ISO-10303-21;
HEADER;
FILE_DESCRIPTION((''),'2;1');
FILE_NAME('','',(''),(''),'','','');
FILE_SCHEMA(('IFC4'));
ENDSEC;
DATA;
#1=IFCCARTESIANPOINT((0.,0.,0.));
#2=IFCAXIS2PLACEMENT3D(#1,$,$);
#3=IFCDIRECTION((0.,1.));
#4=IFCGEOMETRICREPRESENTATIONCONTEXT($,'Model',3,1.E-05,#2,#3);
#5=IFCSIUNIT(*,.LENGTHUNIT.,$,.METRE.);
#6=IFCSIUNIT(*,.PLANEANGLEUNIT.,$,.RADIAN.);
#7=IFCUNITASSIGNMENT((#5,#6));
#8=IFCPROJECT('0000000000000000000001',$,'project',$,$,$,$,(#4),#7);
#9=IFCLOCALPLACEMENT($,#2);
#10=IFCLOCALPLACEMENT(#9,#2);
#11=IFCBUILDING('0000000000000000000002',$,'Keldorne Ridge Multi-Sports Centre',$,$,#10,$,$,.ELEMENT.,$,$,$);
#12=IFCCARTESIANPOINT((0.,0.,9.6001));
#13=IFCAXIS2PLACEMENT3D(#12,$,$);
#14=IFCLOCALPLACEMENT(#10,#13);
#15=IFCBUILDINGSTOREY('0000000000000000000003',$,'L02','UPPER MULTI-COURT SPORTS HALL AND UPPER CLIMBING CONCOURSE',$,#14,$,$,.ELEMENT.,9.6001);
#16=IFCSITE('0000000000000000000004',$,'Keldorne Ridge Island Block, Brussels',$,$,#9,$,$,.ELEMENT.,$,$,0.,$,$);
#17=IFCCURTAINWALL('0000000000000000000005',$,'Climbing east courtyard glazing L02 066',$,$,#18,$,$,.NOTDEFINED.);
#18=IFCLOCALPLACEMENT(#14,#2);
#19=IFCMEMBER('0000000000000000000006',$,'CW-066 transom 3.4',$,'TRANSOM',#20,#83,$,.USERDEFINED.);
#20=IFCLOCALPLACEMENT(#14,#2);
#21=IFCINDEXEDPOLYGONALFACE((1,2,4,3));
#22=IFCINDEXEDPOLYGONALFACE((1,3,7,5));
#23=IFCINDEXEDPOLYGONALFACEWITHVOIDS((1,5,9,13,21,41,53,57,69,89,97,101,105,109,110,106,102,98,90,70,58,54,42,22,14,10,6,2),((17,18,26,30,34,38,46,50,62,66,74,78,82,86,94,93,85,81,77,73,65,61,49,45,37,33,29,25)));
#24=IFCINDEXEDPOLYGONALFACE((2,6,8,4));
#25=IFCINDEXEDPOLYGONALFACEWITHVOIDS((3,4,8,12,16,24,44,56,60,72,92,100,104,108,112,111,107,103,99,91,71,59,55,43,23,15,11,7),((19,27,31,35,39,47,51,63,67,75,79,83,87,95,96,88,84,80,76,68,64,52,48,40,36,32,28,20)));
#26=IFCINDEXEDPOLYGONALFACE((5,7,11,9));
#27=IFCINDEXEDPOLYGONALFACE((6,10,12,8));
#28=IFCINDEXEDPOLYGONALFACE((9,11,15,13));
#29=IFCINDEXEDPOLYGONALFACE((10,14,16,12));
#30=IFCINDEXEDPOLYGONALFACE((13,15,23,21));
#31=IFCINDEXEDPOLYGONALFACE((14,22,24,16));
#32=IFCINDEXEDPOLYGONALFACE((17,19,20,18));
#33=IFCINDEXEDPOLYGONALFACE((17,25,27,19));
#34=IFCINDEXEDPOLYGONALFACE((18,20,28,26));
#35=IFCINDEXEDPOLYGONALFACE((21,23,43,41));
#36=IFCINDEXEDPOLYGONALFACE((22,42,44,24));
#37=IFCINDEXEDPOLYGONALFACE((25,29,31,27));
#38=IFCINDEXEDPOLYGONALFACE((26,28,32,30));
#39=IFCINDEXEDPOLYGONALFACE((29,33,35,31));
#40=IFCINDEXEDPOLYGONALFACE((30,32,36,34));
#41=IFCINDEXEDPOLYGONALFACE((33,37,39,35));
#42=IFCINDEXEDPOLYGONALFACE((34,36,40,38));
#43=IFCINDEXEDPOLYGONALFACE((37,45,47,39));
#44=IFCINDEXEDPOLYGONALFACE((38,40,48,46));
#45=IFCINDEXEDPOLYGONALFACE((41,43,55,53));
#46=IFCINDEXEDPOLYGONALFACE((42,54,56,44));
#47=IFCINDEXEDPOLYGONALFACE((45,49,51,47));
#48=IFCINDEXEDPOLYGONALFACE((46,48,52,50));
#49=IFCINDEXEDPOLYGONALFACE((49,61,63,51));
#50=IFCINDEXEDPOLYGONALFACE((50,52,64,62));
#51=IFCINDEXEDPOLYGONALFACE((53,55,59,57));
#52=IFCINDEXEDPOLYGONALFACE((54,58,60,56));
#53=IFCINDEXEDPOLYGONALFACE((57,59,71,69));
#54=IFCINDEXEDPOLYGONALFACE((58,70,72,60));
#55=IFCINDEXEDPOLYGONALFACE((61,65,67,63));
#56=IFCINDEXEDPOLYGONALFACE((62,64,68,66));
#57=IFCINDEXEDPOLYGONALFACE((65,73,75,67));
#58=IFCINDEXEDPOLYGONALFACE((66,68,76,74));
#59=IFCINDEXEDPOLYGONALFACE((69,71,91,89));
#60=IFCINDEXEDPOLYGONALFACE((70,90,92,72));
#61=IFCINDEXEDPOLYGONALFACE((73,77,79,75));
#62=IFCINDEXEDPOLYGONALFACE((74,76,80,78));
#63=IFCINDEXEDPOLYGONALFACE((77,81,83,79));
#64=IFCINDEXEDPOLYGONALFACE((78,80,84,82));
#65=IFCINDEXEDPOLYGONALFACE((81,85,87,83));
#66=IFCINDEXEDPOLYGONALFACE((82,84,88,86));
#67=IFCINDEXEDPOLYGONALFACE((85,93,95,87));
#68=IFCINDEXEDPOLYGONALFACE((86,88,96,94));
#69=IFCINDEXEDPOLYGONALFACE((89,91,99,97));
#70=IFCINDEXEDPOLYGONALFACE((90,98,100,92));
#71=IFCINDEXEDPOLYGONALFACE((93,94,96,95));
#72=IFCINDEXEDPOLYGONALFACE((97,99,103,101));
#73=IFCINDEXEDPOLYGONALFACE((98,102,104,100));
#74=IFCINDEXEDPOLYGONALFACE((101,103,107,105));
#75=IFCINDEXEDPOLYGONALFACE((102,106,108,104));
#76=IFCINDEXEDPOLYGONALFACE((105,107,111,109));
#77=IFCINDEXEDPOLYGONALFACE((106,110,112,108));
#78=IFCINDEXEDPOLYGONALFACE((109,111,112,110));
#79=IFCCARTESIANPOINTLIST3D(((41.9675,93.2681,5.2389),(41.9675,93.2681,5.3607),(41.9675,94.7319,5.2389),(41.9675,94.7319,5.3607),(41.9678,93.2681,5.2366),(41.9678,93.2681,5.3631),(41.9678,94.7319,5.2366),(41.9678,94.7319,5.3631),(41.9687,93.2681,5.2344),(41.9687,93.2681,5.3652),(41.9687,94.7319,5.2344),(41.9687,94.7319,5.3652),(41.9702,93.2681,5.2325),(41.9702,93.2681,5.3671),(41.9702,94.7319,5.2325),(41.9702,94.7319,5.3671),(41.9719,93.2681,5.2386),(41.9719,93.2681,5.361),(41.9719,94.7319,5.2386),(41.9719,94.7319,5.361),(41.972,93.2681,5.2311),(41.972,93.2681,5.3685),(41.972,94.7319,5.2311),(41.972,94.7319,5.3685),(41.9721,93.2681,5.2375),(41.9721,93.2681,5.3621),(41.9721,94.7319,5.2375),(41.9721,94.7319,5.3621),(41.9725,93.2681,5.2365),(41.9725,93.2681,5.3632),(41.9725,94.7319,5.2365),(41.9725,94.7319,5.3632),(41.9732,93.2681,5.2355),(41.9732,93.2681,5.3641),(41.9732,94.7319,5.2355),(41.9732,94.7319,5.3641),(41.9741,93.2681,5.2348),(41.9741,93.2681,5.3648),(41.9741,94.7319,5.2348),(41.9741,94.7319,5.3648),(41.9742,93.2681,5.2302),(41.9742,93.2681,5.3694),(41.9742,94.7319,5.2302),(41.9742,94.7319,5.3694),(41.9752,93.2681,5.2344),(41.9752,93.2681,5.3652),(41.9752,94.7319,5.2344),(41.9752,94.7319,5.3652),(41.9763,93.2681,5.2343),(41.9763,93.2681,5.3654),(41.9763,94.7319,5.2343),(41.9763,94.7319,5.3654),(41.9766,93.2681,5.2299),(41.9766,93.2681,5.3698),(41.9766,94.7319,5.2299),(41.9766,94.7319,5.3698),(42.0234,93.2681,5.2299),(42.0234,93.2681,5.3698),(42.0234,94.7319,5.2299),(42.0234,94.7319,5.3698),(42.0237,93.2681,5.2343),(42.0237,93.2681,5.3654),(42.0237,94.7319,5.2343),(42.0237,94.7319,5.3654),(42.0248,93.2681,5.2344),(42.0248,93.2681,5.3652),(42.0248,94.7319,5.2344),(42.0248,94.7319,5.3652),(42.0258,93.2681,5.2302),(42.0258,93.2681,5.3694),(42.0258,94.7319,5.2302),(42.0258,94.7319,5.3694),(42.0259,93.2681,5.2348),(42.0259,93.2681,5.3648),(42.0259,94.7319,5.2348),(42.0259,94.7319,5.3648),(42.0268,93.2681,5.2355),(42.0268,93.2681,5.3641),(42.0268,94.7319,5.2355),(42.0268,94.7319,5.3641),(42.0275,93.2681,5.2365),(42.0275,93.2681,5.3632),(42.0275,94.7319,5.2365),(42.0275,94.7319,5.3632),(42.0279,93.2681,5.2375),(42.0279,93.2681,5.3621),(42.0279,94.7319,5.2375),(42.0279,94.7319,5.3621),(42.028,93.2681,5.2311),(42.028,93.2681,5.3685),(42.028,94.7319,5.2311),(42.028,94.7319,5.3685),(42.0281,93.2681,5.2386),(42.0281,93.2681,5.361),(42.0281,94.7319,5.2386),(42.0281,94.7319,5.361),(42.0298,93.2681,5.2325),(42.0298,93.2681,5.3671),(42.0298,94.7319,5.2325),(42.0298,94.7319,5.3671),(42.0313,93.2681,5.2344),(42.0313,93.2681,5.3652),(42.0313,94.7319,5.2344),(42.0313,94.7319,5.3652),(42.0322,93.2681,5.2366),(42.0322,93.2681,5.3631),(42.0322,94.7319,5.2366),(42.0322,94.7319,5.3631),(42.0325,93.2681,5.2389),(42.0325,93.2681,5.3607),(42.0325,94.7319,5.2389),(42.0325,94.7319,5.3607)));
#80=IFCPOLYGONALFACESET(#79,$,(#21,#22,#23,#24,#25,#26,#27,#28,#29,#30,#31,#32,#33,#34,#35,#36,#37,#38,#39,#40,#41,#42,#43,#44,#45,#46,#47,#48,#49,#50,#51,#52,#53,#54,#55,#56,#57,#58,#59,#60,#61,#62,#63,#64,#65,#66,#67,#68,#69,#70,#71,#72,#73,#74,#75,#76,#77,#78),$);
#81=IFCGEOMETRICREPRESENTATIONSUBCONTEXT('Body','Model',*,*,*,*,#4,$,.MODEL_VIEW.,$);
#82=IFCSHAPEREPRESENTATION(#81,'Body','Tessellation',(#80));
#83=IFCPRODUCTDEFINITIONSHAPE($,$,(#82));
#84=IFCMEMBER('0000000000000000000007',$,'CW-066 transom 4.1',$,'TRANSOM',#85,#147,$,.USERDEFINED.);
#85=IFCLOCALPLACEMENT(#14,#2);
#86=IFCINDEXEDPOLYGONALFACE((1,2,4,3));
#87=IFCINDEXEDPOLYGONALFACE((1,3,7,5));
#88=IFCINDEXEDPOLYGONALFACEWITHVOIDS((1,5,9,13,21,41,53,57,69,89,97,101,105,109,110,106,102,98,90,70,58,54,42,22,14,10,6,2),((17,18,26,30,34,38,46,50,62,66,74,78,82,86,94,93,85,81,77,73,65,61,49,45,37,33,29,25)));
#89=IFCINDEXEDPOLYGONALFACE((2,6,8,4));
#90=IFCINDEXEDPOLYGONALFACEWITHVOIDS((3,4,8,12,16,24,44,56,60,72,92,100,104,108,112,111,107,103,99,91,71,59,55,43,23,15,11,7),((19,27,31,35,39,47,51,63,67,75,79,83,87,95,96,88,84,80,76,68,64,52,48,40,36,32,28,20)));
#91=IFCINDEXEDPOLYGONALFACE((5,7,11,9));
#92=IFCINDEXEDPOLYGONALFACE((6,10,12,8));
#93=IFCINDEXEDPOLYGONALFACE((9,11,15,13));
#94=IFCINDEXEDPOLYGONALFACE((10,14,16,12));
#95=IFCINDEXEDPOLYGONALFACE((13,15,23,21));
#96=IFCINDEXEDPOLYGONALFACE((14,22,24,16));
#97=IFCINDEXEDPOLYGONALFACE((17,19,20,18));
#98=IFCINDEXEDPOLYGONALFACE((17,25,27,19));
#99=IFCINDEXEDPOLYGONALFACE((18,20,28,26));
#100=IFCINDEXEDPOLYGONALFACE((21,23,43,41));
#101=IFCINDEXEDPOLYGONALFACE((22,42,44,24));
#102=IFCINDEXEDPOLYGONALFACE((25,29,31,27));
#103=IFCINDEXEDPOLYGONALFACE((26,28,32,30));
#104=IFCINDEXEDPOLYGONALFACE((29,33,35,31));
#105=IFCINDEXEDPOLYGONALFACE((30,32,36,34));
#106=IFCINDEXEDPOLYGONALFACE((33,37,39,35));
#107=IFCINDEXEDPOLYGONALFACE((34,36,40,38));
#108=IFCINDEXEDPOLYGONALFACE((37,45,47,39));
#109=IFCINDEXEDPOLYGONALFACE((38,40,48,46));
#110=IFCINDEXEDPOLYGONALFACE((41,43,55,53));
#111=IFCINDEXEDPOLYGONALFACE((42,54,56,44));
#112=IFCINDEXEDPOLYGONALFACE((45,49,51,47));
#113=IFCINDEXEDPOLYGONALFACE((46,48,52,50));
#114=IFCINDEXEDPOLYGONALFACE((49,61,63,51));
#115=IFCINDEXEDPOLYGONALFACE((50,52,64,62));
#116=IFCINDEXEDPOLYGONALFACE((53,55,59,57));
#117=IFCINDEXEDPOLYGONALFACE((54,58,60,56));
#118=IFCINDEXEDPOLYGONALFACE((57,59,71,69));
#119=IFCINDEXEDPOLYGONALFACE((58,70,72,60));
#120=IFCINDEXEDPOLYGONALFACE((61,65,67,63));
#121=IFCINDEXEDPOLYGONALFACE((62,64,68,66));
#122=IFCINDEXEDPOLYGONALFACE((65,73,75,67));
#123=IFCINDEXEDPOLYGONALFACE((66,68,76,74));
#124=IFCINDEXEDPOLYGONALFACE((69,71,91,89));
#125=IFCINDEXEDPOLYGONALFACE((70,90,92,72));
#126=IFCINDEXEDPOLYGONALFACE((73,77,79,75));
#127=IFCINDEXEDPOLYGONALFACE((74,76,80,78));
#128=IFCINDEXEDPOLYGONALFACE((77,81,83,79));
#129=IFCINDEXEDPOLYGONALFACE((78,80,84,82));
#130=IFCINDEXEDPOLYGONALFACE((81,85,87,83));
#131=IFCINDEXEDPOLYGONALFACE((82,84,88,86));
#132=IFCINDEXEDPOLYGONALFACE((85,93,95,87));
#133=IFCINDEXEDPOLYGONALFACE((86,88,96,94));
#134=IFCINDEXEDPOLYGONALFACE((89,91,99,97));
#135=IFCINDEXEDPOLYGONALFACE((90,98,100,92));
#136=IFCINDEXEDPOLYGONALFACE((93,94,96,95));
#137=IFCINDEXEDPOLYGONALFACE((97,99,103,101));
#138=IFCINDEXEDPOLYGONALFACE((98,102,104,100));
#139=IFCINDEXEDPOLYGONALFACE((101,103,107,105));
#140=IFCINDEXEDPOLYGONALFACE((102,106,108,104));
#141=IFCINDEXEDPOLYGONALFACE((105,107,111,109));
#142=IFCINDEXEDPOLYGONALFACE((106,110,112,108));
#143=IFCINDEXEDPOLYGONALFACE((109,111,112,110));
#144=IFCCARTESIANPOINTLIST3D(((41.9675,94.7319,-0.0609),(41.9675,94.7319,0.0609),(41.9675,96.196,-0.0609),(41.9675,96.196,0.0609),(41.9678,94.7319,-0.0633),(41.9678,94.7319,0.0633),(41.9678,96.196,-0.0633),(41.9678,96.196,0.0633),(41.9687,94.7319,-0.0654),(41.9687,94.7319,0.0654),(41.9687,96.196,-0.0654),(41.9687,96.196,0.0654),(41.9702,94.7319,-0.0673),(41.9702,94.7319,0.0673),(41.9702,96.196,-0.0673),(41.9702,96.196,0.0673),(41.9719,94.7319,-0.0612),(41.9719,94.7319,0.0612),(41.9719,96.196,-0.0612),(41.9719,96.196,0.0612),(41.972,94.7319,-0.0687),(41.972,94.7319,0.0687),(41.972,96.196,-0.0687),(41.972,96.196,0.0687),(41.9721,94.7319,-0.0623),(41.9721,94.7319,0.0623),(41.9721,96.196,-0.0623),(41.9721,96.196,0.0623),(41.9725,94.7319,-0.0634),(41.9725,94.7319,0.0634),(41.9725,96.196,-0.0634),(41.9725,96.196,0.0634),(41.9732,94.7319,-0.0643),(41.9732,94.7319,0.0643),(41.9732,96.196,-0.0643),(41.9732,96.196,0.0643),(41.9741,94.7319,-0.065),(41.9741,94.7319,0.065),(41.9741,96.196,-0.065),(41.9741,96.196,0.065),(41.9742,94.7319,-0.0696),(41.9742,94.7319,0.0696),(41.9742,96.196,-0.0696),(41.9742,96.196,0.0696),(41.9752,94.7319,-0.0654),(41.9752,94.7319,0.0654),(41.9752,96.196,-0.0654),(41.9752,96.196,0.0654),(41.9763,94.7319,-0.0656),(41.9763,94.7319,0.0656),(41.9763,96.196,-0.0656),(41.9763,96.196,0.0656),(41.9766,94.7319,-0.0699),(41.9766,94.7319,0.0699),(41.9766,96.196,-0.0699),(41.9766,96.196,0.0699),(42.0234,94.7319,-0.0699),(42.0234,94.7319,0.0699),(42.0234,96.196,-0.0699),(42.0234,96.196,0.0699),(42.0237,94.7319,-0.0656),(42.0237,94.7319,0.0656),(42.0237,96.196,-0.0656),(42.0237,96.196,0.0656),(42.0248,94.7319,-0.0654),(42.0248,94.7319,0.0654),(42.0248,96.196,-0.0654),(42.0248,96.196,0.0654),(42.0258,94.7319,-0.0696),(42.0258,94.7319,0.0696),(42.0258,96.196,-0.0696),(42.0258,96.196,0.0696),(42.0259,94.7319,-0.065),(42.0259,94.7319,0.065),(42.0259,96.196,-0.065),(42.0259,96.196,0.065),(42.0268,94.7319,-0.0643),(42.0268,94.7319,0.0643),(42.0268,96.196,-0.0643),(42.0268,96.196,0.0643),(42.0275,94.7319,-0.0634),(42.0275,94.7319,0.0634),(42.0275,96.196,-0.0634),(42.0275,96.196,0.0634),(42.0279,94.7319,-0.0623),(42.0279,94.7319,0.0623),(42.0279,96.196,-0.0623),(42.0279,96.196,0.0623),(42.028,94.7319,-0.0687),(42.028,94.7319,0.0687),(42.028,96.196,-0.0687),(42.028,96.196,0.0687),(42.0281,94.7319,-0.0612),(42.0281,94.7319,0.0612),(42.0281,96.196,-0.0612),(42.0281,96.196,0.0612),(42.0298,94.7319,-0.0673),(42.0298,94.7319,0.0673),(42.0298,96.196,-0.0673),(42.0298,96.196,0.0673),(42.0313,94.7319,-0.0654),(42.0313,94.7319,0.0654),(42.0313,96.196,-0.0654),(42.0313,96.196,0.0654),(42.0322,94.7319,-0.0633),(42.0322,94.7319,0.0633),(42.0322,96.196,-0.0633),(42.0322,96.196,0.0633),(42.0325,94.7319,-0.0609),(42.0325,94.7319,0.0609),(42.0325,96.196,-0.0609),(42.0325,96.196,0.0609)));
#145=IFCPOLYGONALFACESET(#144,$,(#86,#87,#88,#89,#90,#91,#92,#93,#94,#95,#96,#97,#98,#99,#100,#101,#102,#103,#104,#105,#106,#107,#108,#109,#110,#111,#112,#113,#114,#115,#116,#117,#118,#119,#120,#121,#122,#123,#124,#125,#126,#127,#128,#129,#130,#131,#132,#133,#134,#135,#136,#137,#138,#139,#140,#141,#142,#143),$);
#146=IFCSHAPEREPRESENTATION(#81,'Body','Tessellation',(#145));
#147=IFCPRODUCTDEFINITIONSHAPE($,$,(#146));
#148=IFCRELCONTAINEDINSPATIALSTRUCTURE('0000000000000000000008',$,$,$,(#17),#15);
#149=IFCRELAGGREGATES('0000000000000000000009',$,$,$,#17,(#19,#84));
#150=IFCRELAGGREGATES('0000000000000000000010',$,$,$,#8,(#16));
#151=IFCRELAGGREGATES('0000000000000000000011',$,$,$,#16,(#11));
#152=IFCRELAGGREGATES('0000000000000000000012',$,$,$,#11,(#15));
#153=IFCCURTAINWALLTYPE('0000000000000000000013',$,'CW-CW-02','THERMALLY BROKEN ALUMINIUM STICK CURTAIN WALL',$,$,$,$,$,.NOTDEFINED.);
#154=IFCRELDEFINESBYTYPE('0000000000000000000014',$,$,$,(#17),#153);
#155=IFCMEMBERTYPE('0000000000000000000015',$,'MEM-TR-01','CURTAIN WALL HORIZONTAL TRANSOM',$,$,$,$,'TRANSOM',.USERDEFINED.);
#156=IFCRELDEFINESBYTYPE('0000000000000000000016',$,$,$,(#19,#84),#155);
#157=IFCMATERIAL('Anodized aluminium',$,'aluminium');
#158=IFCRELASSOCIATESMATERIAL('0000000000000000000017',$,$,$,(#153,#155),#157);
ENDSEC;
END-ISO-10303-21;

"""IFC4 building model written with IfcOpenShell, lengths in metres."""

from ifc_helpers import new_model, si_unit, direction, frame, origin, origin_2d, place, context, subcontext, project, spatial, hollow_rectangle, extrude, material, material_profile, profile_set, type_object, element, aggregate, save


model = new_model("IFC4")

# Units and contexts
model_context = context("Model", 3, precision=1e-05, world=origin(), true_north=direction((0.0, 1.0)))
body_context = subcontext(model_context, "Body", "Model", "MODEL_VIEW")
ifc_project = project(units=[si_unit("LENGTHUNIT", "METRE"), si_unit("PLANEANGLEUNIT", "RADIAN")], contexts=[model_context])

# Site, building, storey
site_placement = place(None, origin())
site = spatial("IfcSite", under=ifc_project, at=site_placement, Name="Keldorne Ridge Island Block, Brussels", CompositionType="ELEMENT", RefElevation=0.0)
building_placement = place(site_placement, origin())
building = spatial("IfcBuilding", under=site, at=building_placement, Name="Keldorne Ridge Multi-Sports Centre", CompositionType="ELEMENT")
storey_placement = place(building_placement, frame((0.0, 0.0, 9.6001)))
storey = spatial("IfcBuildingStorey", under=building, at=storey_placement, Name="L02", Description="UPPER MULTI-COURT SPORTS HALL AND UPPER CLIMBING CONCOURSE", CompositionType="ELEMENT", Elevation=9.6001)

# Curtain wall, members
ifc_material_1 = material(Name="Anodized aluminium", Category="aluminium")
curtain_wall_type = type_object("IfcCurtainWallType", Name="CW-CW-02", Description="THERMALLY BROKEN ALUMINIUM STICK CURTAIN WALL", PredefinedType="NOTDEFINED", material=ifc_material_1)
curtain_wall_placement = place(storey_placement, origin())
curtain_wall = element("IfcCurtainWall", 1, at=curtain_wall_placement, inside=storey, type_object=curtain_wall_type, Name="Climbing east courtyard glazing L02 066", PredefinedType="NOTDEFINED")
ifc_material_profile_1 = material_profile(ifc_material_1, hollow_rectangle(XDim=0.0649, YDim=0.1399, WallThickness=0.0044, InnerFilletRadius=0.0044, OuterFilletRadius=0.009, at=origin_2d()), Name="ALU TRANSOM 140x65x4.5")
ifc_profile_set_1 = profile_set([ifc_material_profile_1], Name="Anodized aluminium")
member_type_1 = type_object("IfcMemberType", Name="MEM-TR-01", Description="CURTAIN WALL HORIZONTAL TRANSOM", ElementType="TRANSOM", PredefinedType="USERDEFINED", material=ifc_profile_set_1)
member_1_placement = place(storey_placement, frame((42.0, 93.2681, 5.2998), z_axis=(0.0, 1.0, 0.0), x_axis=(-1.0, 0.0, 0.0)))
member_1 = element("IfcMember", 2, at=member_1_placement, type_object=member_type_1, Name="CW-066 transom 3.4", ObjectType="TRANSOM", PredefinedType="USERDEFINED", context=body_context, shape_type="SweptSolid", body=[
    extrude(hollow_rectangle(XDim=0.0649, YDim=0.1399, WallThickness=0.0044, InnerFilletRadius=0.0044, OuterFilletRadius=0.009, at=origin_2d()), origin(), (0.0, 0.0, 1.0), 1.4639),
])
member_2_placement = place(storey_placement, frame((42.0, 94.7319, 0.0), z_axis=(0.0, 1.0, 0.0), x_axis=(-1.0, 0.0, 0.0)))
member_2 = element("IfcMember", 3, at=member_2_placement, type_object=member_type_1, Name="CW-066 transom 4.1", ObjectType="TRANSOM", PredefinedType="USERDEFINED", context=body_context, shape_type="SweptSolid", body=[
    extrude(hollow_rectangle(XDim=0.0649, YDim=0.1399, WallThickness=0.0044, InnerFilletRadius=0.0044, OuterFilletRadius=0.009, at=origin_2d()), origin(), (0.0, 0.0, 1.0), 1.4641),
])
aggregate(curtain_wall, [member_1, member_2])

save(model, "model.ifc")
